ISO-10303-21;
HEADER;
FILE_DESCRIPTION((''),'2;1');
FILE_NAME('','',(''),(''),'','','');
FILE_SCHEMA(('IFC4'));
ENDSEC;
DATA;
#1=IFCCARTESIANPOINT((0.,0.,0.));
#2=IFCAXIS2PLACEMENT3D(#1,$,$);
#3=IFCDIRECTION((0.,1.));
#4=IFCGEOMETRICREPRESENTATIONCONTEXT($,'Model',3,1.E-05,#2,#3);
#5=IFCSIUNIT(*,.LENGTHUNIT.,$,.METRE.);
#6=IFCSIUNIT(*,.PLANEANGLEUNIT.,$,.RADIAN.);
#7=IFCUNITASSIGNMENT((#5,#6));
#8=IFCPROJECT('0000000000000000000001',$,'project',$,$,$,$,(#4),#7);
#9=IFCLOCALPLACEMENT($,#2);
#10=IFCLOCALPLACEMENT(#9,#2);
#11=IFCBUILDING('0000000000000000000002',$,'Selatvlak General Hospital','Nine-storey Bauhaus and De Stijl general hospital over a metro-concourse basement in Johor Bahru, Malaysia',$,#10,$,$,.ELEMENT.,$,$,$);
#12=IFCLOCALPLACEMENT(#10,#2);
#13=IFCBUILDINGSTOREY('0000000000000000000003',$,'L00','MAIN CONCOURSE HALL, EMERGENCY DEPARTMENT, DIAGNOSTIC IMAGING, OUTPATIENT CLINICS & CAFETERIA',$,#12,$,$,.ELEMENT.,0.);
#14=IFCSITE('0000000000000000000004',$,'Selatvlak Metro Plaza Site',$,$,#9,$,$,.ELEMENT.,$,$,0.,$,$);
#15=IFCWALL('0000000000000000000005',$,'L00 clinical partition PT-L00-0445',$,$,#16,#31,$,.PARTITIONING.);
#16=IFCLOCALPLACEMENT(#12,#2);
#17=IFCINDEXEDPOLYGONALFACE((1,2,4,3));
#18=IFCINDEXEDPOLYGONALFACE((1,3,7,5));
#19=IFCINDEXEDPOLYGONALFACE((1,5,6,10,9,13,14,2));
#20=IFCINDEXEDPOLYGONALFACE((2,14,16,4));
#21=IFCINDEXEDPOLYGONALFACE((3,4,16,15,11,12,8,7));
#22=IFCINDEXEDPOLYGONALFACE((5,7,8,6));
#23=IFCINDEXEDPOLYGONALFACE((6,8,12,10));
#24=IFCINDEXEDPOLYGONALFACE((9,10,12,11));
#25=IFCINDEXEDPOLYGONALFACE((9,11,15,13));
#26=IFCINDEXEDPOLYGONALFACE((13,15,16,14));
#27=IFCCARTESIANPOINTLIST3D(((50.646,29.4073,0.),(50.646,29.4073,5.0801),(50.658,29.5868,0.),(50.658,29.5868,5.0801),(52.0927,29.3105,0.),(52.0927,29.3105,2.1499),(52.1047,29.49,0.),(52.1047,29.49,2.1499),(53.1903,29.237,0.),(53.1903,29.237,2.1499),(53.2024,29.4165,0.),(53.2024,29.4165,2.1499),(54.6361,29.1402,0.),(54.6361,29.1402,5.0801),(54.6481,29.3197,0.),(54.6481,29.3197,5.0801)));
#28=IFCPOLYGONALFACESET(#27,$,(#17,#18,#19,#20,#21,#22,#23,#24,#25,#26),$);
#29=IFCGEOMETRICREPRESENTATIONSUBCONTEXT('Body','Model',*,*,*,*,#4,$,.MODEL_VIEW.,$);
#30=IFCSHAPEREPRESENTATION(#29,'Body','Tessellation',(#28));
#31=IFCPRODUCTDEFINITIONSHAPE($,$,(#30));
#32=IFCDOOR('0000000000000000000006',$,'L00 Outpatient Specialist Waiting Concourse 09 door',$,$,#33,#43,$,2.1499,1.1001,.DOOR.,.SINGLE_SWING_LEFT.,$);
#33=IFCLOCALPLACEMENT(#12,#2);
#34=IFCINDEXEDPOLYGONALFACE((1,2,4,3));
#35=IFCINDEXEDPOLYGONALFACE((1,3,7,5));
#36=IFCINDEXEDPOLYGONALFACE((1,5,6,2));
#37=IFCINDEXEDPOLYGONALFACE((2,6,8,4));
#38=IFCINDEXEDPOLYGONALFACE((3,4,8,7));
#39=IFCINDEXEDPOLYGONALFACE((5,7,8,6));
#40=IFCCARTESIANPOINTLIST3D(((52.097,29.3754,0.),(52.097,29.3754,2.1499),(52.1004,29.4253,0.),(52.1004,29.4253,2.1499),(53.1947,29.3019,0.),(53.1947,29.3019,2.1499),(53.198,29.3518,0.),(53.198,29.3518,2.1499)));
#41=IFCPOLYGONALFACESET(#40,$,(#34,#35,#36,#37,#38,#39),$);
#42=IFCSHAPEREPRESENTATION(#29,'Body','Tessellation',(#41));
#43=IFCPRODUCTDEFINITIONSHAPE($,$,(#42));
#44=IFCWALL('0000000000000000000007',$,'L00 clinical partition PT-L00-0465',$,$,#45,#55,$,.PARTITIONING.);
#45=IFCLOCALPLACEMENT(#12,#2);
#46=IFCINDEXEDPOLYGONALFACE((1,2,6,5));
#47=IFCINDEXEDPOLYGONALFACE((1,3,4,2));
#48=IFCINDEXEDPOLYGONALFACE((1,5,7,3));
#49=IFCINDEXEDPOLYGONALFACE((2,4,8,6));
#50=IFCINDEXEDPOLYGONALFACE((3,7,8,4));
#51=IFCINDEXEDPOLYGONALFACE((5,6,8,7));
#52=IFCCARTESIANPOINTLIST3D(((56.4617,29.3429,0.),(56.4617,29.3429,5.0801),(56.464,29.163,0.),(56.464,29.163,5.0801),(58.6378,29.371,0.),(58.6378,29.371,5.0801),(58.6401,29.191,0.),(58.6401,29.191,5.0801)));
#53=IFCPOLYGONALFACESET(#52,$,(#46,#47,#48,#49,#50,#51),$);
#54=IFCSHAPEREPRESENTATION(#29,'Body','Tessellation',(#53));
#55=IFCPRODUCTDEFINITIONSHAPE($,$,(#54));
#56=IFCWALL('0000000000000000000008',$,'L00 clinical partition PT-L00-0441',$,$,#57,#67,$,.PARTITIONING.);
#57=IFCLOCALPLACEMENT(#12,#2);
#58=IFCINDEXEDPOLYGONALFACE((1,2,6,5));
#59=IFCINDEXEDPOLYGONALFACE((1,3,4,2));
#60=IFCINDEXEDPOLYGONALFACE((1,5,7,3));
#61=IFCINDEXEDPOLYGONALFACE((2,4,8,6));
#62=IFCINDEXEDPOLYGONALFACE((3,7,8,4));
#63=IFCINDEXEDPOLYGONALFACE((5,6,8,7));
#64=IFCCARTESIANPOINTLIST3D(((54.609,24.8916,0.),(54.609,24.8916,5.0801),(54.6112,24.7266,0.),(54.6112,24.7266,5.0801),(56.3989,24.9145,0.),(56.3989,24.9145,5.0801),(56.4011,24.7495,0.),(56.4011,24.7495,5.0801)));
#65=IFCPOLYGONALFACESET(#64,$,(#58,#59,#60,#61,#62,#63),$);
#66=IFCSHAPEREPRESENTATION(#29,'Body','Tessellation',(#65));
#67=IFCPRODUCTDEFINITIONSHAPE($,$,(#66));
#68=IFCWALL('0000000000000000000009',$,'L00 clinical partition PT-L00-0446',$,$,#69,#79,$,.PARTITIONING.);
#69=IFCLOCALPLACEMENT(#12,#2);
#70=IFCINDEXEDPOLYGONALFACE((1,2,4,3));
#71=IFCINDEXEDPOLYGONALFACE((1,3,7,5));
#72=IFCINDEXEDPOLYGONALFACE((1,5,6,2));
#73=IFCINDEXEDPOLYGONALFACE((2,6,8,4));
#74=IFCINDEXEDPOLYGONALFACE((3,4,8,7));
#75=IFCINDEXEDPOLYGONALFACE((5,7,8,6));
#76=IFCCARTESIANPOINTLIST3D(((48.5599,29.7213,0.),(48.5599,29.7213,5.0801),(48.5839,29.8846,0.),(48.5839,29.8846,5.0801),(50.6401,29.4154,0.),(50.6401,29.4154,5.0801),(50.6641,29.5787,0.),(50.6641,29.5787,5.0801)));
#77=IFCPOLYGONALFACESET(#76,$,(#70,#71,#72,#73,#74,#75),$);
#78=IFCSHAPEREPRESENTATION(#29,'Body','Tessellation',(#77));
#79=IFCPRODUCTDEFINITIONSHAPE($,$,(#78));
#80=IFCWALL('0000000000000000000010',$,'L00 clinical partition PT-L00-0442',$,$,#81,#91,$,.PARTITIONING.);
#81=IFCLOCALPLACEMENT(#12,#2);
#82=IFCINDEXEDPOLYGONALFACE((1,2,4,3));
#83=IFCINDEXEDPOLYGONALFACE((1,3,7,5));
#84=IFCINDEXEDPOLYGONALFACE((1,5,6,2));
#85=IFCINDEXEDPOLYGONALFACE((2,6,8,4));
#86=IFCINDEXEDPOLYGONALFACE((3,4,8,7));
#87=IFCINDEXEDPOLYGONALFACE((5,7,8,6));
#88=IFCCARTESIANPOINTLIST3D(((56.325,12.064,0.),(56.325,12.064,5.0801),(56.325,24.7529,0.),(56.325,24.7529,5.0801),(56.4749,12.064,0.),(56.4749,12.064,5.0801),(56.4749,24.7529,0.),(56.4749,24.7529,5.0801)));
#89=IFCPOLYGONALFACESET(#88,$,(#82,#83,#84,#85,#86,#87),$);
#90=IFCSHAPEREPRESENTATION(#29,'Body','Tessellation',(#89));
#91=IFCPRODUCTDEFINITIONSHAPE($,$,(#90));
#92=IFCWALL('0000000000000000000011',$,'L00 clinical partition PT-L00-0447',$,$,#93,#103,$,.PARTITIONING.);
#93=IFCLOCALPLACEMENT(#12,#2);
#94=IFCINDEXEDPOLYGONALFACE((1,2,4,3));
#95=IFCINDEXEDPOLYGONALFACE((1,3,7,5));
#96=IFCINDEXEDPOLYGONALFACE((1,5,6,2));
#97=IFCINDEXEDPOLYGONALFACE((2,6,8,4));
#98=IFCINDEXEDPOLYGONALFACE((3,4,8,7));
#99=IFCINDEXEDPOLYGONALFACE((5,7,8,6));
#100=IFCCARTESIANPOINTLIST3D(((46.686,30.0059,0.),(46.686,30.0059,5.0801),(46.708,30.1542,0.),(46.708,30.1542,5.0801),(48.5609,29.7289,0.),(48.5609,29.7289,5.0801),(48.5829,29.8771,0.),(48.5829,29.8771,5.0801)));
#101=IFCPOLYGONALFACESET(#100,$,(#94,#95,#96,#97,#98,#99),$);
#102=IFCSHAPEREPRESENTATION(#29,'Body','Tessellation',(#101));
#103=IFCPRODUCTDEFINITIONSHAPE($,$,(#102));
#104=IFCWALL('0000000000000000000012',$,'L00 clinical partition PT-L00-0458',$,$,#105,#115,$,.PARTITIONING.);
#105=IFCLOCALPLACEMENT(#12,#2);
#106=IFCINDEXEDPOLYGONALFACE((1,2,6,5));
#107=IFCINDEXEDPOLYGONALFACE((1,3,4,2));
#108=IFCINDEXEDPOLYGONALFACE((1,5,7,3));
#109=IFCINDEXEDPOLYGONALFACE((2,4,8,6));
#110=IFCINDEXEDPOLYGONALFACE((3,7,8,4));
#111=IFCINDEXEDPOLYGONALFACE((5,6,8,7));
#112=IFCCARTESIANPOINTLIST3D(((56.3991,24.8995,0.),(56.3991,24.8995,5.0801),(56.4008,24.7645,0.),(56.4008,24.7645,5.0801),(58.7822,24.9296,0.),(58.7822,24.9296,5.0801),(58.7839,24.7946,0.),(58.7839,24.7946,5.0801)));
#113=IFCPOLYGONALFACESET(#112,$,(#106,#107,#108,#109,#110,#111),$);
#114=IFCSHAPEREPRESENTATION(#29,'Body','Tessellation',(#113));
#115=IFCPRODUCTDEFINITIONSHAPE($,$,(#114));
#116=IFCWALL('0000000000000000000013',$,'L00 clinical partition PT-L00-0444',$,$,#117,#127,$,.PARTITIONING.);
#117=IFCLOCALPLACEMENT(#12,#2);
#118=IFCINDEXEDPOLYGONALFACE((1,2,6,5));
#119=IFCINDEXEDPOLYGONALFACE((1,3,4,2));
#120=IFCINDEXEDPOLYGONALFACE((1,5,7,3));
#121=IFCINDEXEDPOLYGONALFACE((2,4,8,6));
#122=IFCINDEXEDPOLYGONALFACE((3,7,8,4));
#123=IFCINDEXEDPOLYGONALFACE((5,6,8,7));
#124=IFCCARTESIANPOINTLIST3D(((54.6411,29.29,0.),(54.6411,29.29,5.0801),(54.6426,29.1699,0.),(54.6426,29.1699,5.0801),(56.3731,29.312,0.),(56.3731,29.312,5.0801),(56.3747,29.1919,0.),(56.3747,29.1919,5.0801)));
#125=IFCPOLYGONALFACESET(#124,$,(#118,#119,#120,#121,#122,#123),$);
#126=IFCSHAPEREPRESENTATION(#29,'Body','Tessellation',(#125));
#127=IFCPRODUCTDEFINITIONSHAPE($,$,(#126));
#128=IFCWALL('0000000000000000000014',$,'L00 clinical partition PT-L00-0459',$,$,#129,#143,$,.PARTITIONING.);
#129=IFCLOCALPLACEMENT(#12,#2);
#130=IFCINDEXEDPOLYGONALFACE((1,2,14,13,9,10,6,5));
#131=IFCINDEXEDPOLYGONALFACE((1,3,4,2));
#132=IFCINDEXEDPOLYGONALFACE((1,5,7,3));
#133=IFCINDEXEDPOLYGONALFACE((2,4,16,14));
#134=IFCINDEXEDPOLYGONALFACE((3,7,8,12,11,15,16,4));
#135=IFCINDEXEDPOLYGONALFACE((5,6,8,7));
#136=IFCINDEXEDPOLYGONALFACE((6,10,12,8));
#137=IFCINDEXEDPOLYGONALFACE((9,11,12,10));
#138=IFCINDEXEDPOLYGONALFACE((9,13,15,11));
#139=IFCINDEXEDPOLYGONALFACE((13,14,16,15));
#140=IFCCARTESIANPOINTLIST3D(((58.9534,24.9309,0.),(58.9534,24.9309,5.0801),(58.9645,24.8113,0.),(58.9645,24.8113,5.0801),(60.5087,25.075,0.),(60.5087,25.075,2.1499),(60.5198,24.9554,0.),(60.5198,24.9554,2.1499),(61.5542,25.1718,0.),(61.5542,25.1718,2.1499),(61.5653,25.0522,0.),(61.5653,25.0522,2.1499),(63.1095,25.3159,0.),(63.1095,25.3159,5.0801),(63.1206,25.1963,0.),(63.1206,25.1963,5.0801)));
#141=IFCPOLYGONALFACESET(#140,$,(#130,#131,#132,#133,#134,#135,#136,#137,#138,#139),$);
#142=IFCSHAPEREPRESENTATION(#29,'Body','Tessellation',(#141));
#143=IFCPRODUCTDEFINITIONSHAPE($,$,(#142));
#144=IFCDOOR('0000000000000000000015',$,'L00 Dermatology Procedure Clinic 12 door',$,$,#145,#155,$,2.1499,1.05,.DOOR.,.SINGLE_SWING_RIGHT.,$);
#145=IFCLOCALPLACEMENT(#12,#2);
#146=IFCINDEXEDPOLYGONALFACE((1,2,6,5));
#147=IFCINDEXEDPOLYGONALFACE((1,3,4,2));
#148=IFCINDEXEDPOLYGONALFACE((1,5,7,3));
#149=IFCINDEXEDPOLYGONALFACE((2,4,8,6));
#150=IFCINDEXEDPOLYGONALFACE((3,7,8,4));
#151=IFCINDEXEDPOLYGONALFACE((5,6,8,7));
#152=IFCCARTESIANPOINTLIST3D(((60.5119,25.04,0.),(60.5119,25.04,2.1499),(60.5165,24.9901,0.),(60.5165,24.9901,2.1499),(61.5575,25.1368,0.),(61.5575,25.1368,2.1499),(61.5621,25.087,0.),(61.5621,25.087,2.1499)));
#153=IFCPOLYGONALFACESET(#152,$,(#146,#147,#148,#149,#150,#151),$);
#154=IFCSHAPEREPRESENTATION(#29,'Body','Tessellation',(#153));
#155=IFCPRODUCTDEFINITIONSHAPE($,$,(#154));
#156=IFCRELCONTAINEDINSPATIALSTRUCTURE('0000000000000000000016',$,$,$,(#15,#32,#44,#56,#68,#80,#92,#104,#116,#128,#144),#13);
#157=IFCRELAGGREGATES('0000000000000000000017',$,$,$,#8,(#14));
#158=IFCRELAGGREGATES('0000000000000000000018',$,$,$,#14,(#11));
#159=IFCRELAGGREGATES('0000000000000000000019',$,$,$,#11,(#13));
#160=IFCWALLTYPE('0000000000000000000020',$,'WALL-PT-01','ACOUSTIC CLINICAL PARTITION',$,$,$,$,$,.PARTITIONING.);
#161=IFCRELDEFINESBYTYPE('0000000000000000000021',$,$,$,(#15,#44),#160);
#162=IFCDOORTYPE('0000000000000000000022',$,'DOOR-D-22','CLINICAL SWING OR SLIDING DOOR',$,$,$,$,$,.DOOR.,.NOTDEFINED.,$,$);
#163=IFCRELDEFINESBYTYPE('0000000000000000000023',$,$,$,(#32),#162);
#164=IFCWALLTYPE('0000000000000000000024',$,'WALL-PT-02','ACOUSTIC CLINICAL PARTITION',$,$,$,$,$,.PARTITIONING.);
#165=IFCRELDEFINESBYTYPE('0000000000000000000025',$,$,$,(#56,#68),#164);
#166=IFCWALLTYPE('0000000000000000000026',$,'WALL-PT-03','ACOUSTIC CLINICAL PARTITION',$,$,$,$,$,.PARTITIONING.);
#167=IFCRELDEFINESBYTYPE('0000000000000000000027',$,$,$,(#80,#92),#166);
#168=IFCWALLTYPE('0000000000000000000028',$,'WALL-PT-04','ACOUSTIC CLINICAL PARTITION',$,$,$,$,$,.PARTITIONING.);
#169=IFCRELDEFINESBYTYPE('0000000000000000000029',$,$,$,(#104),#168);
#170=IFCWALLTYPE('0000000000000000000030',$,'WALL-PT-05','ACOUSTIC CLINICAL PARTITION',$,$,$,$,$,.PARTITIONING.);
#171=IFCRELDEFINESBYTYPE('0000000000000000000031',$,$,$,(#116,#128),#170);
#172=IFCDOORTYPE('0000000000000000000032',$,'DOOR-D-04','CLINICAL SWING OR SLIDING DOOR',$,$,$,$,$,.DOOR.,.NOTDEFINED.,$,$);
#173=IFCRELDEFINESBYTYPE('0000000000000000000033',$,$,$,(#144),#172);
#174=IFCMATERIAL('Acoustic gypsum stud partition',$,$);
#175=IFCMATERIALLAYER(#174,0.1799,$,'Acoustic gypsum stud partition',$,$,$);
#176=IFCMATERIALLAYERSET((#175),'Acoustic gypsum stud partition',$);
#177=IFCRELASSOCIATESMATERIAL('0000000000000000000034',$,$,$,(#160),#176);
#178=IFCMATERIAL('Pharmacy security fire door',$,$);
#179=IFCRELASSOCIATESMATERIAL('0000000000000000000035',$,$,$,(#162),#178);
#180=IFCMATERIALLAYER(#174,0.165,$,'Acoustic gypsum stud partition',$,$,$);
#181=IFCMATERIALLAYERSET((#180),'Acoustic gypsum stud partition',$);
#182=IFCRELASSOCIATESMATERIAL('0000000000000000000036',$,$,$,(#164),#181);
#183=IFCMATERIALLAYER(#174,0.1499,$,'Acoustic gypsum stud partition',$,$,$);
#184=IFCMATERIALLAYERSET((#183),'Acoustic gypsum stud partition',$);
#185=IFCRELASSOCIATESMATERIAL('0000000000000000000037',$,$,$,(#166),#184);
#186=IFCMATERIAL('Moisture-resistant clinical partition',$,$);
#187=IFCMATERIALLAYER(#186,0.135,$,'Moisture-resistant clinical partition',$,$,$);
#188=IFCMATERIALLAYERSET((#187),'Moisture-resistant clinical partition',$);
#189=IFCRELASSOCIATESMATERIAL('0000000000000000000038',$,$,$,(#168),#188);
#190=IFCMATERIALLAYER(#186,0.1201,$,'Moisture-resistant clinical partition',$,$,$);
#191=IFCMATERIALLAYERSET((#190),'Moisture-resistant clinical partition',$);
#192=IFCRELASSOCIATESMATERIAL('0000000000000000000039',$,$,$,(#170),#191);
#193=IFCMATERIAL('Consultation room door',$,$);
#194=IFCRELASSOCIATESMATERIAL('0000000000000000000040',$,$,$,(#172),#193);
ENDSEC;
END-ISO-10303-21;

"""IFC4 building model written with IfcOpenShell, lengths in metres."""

from ifc_helpers import new_model, si_unit, direction, frame, frame_2d, origin, place, context, subcontext, project, spatial, rectangle, extrude, material, layer, layer_set, type_object, element, fill, save


model = new_model("IFC4")

# Units and contexts
model_context = context("Model", 3, precision=1e-05, world=origin(), true_north=direction((0.0, 1.0)))
body_context = subcontext(model_context, "Body", "Model", "MODEL_VIEW")
ifc_project = project(units=[si_unit("LENGTHUNIT", "METRE"), si_unit("PLANEANGLEUNIT", "RADIAN")], contexts=[model_context])

# Site, building, storey
site_placement = place(None, origin())
site = spatial("IfcSite", under=ifc_project, at=site_placement, Name="Selatvlak Metro Plaza Site", CompositionType="ELEMENT", RefElevation=0.0)
building_placement = place(site_placement, origin())
building = spatial("IfcBuilding", under=site, at=building_placement, Name="Selatvlak General Hospital", Description="Nine-storey Bauhaus and De Stijl general hospital over a metro-concourse basement in Johor Bahru, Malaysia", CompositionType="ELEMENT")
storey_placement = place(building_placement, origin())
storey = spatial("IfcBuildingStorey", under=building, at=storey_placement, Name="L00", Description="MAIN CONCOURSE HALL, EMERGENCY DEPARTMENT, DIAGNOSTIC IMAGING, OUTPATIENT CLINICS & CAFETERIA", CompositionType="ELEMENT", Elevation=0.0)

# Wall, opening, door
ifc_material_1 = material(Name="Acoustic gypsum stud partition")
ifc_layer_1 = layer(ifc_material_1, 0.1799, Name="Acoustic gypsum stud partition")
ifc_layer_set_1 = layer_set([ifc_layer_1], Name="Acoustic gypsum stud partition")
wall_type_1 = type_object("IfcWallType", Name="WALL-PT-01", Description="ACOUSTIC CLINICAL PARTITION", PredefinedType="PARTITIONING", material=ifc_layer_set_1)
wall_1_placement = place(storey_placement, frame((54.6421, 29.23, 0.0), z_axis=(0.0, 0.0, 1.0), x_axis=(-0.997767, 0.06679, 0.0)))
wall_1 = element("IfcWall", 1, at=wall_1_placement, inside=storey, type_object=wall_type_1, Name="L00 clinical partition PT-L00-0445", PredefinedType="PARTITIONING", context=body_context, shape_type="SweptSolid", body=[
    extrude(rectangle(XDim=3.999, YDim=0.1799, at=frame_2d((1.9995, 0.0))), origin(), (0.0, 0.0, 1.0), 5.0801),
])
opening_1_placement = place(wall_1_placement, frame((1.449, 0.0, 0.0)))
opening_1 = element("IfcOpeningElement", 2, at=opening_1_placement, cuts=wall_1, PredefinedType="OPENING", context=body_context, shape_type="SweptSolid", body=[
    extrude(rectangle(XDim=1.1001, YDim=2.1499, at=frame_2d((0.55, 1.075))), frame((0.0, 0.0999, 0.0), z_axis=(0.0, -1.0, 0.0), x_axis=(1.0, 0.0, 0.0)), (0.0, 0.0, 1.0), 0.2),
])
ifc_material_2 = material(Name="Pharmacy security fire door")
door_type_1 = type_object("IfcDoorType", Name="DOOR-D-22", Description="CLINICAL SWING OR SLIDING DOOR", OperationType="NOTDEFINED", PredefinedType="DOOR", material=ifc_material_2)
door_1_placement = place(opening_1_placement, origin())
door_1 = element("IfcDoor", 3, at=door_1_placement, inside=storey, type_object=door_type_1, Name="L00 Outpatient Specialist Waiting Concourse 09 door", OperationType="SINGLE_SWING_LEFT", OverallHeight=2.1499, OverallWidth=1.1001, PredefinedType="DOOR", context=body_context, shape_type="SweptSolid", body=[
    extrude(rectangle(XDim=1.1001, YDim=2.1499, at=frame_2d((0.55, 1.075))), frame((0.0, 0.0249, 0.0), z_axis=(0.0, -1.0, 0.0), x_axis=(1.0, 0.0, 0.0)), (0.0, 0.0, 1.0), 0.05),
])
fill(opening_1, door_1)

# Walls
wall_2_placement = place(storey_placement, frame((58.6389, 29.281, 0.0), z_axis=(0.0, 0.0, 1.0), x_axis=(-0.999917, -0.012901, 0.0)))
element("IfcWall", 4, at=wall_2_placement, inside=storey, type_object=wall_type_1, Name="L00 clinical partition PT-L00-0465", PredefinedType="PARTITIONING", context=body_context, shape_type="SweptSolid", body=[
    extrude(rectangle(XDim=2.1763, YDim=0.1799, at=frame_2d((1.0881, 0.0))), origin(), (0.0, 0.0, 1.0), 5.0801),
])
ifc_layer_2 = layer(ifc_material_1, 0.165, Name="Acoustic gypsum stud partition")
ifc_layer_set_2 = layer_set([ifc_layer_2], Name="Acoustic gypsum stud partition")
wall_type_2 = type_object("IfcWallType", Name="WALL-PT-02", Description="ACOUSTIC CLINICAL PARTITION", PredefinedType="PARTITIONING", material=ifc_layer_set_2)
wall_3_placement = place(storey_placement, frame((54.6101, 24.8091, 0.0), z_axis=(0.0, 0.0, 1.0), x_axis=(0.999918, 0.012821, 0.0)))
element("IfcWall", 5, at=wall_3_placement, inside=storey, type_object=wall_type_2, Name="L00 clinical partition PT-L00-0441", PredefinedType="PARTITIONING", context=body_context, shape_type="SweptSolid", body=[
    extrude(rectangle(XDim=1.79, YDim=0.165, at=frame_2d((0.895, 0.0))), origin(), (0.0, 0.0, 1.0), 5.0801),
])
wall_4_placement = place(storey_placement, frame((50.6521, 29.4971, 0.0), z_axis=(0.0, 0.0, 1.0), x_axis=(-0.989358, 0.145501, 0.0)))
element("IfcWall", 6, at=wall_4_placement, inside=storey, type_object=wall_type_2, Name="L00 clinical partition PT-L00-0446", PredefinedType="PARTITIONING", context=body_context, shape_type="SweptSolid", body=[
    extrude(rectangle(XDim=2.1025, YDim=0.165, at=frame_2d((1.0513, 0.0))), origin(), (0.0, 0.0, 1.0), 5.0801),
])
ifc_layer_3 = layer(ifc_material_1, 0.1499, Name="Acoustic gypsum stud partition")
ifc_layer_set_3 = layer_set([ifc_layer_3], Name="Acoustic gypsum stud partition")
wall_type_3 = type_object("IfcWallType", Name="WALL-PT-03", Description="ACOUSTIC CLINICAL PARTITION", PredefinedType="PARTITIONING", material=ifc_layer_set_3)
wall_5_placement = place(storey_placement, frame((56.3999, 24.7529, 0.0), z_axis=(0.0, 0.0, 1.0), x_axis=(0.0, -1.0, 0.0)))
element("IfcWall", 7, at=wall_5_placement, inside=storey, type_object=wall_type_3, Name="L00 clinical partition PT-L00-0442", PredefinedType="PARTITIONING", context=body_context, shape_type="SweptSolid", body=[
    extrude(rectangle(XDim=12.689, YDim=0.1499, at=frame_2d((6.3445, 0.0))), origin(), (0.0, 0.0, 1.0), 5.0801),
])
wall_6_placement = place(storey_placement, frame((48.572, 29.803, 0.0), z_axis=(0.0, 0.0, 1.0), x_axis=(-0.989255, 0.146199, 0.0)))
element("IfcWall", 8, at=wall_6_placement, inside=storey, type_object=wall_type_3, Name="L00 clinical partition PT-L00-0447", PredefinedType="PARTITIONING", context=body_context, shape_type="SweptSolid", body=[
    extrude(rectangle(XDim=1.8953, YDim=0.1499, at=frame_2d((0.9478, 0.0))), origin(), (0.0, 0.0, 1.0), 5.0801),
])
ifc_material_3 = material(Name="Moisture-resistant clinical partition")
ifc_layer_4 = layer(ifc_material_3, 0.135, Name="Moisture-resistant clinical partition")
ifc_layer_set_4 = layer_set([ifc_layer_4], Name="Moisture-resistant clinical partition")
wall_type_4 = type_object("IfcWallType", Name="WALL-PT-04", Description="ACOUSTIC CLINICAL PARTITION", PredefinedType="PARTITIONING", material=ifc_layer_set_4)
wall_7_placement = place(storey_placement, frame((56.3999, 24.832, 0.0), z_axis=(0.0, 0.0, 1.0), x_axis=(0.999921, 0.0126, 0.0)))
element("IfcWall", 9, at=wall_7_placement, inside=storey, type_object=wall_type_4, Name="L00 clinical partition PT-L00-0458", PredefinedType="PARTITIONING", context=body_context, shape_type="SweptSolid", body=[
    extrude(rectangle(XDim=2.3833, YDim=0.135, at=frame_2d((1.1917, 0.0))), origin(), (0.0, 0.0, 1.0), 5.0801),
])
ifc_layer_5 = layer(ifc_material_3, 0.1201, Name="Moisture-resistant clinical partition")
ifc_layer_set_5 = layer_set([ifc_layer_5], Name="Moisture-resistant clinical partition")
wall_type_5 = type_object("IfcWallType", Name="WALL-PT-05", Description="ACOUSTIC CLINICAL PARTITION", PredefinedType="PARTITIONING", material=ifc_layer_set_5)
wall_8_placement = place(storey_placement, frame((56.374, 29.252, 0.0), z_axis=(0.0, 0.0, 1.0), x_axis=(-0.99992, -0.012686, 0.0)))
element("IfcWall", 10, at=wall_8_placement, inside=storey, type_object=wall_type_5, Name="L00 clinical partition PT-L00-0444", PredefinedType="PARTITIONING", context=body_context, shape_type="SweptSolid", body=[
    extrude(rectangle(XDim=1.7322, YDim=0.1201, at=frame_2d((0.8662, 0.0))), origin(), (0.0, 0.0, 1.0), 5.0801),
])

# Wall, opening, door
wall_9_placement = place(storey_placement, frame((58.959, 24.8711, 0.0), z_axis=(0.0, 0.0, 1.0), x_axis=(0.995736, 0.092244, 0.0)))
wall_9 = element("IfcWall", 11, at=wall_9_placement, inside=storey, type_object=wall_type_5, Name="L00 clinical partition PT-L00-0459", PredefinedType="PARTITIONING", context=body_context, shape_type="SweptSolid", body=[
    extrude(rectangle(XDim=4.1738, YDim=0.1201, at=frame_2d((2.0869, 0.0))), origin(), (0.0, 0.0, 1.0), 5.0801),
])
opening_2_placement = place(wall_9_placement, frame((1.562, 0.0, 0.0)))
opening_2 = element("IfcOpeningElement", 12, at=opening_2_placement, cuts=wall_9, PredefinedType="OPENING", context=body_context, shape_type="SweptSolid", body=[
    extrude(rectangle(XDim=1.05, YDim=2.1499, at=frame_2d((0.5249, 1.075))), frame((0.0, 0.0701, 0.0), z_axis=(0.0, -1.0, 0.0), x_axis=(1.0, 0.0, 0.0)), (0.0, 0.0, 1.0), 0.1401),
])
ifc_material_4 = material(Name="Consultation room door")
door_type_2 = type_object("IfcDoorType", Name="DOOR-D-04", Description="CLINICAL SWING OR SLIDING DOOR", OperationType="NOTDEFINED", PredefinedType="DOOR", material=ifc_material_4)
door_2_placement = place(opening_2_placement, origin())
door_2 = element("IfcDoor", 13, at=door_2_placement, inside=storey, type_object=door_type_2, Name="L00 Dermatology Procedure Clinic 12 door", OperationType="SINGLE_SWING_RIGHT", OverallHeight=2.1499, OverallWidth=1.05, PredefinedType="DOOR", context=body_context, shape_type="SweptSolid", body=[
    extrude(rectangle(XDim=1.05, YDim=2.1499, at=frame_2d((0.5249, 1.075))), frame((0.0, 0.0249, 0.0), z_axis=(0.0, -1.0, 0.0), x_axis=(1.0, 0.0, 0.0)), (0.0, 0.0, 1.0), 0.05),
])
fill(opening_2, door_2)

save(model, "model.ifc")
